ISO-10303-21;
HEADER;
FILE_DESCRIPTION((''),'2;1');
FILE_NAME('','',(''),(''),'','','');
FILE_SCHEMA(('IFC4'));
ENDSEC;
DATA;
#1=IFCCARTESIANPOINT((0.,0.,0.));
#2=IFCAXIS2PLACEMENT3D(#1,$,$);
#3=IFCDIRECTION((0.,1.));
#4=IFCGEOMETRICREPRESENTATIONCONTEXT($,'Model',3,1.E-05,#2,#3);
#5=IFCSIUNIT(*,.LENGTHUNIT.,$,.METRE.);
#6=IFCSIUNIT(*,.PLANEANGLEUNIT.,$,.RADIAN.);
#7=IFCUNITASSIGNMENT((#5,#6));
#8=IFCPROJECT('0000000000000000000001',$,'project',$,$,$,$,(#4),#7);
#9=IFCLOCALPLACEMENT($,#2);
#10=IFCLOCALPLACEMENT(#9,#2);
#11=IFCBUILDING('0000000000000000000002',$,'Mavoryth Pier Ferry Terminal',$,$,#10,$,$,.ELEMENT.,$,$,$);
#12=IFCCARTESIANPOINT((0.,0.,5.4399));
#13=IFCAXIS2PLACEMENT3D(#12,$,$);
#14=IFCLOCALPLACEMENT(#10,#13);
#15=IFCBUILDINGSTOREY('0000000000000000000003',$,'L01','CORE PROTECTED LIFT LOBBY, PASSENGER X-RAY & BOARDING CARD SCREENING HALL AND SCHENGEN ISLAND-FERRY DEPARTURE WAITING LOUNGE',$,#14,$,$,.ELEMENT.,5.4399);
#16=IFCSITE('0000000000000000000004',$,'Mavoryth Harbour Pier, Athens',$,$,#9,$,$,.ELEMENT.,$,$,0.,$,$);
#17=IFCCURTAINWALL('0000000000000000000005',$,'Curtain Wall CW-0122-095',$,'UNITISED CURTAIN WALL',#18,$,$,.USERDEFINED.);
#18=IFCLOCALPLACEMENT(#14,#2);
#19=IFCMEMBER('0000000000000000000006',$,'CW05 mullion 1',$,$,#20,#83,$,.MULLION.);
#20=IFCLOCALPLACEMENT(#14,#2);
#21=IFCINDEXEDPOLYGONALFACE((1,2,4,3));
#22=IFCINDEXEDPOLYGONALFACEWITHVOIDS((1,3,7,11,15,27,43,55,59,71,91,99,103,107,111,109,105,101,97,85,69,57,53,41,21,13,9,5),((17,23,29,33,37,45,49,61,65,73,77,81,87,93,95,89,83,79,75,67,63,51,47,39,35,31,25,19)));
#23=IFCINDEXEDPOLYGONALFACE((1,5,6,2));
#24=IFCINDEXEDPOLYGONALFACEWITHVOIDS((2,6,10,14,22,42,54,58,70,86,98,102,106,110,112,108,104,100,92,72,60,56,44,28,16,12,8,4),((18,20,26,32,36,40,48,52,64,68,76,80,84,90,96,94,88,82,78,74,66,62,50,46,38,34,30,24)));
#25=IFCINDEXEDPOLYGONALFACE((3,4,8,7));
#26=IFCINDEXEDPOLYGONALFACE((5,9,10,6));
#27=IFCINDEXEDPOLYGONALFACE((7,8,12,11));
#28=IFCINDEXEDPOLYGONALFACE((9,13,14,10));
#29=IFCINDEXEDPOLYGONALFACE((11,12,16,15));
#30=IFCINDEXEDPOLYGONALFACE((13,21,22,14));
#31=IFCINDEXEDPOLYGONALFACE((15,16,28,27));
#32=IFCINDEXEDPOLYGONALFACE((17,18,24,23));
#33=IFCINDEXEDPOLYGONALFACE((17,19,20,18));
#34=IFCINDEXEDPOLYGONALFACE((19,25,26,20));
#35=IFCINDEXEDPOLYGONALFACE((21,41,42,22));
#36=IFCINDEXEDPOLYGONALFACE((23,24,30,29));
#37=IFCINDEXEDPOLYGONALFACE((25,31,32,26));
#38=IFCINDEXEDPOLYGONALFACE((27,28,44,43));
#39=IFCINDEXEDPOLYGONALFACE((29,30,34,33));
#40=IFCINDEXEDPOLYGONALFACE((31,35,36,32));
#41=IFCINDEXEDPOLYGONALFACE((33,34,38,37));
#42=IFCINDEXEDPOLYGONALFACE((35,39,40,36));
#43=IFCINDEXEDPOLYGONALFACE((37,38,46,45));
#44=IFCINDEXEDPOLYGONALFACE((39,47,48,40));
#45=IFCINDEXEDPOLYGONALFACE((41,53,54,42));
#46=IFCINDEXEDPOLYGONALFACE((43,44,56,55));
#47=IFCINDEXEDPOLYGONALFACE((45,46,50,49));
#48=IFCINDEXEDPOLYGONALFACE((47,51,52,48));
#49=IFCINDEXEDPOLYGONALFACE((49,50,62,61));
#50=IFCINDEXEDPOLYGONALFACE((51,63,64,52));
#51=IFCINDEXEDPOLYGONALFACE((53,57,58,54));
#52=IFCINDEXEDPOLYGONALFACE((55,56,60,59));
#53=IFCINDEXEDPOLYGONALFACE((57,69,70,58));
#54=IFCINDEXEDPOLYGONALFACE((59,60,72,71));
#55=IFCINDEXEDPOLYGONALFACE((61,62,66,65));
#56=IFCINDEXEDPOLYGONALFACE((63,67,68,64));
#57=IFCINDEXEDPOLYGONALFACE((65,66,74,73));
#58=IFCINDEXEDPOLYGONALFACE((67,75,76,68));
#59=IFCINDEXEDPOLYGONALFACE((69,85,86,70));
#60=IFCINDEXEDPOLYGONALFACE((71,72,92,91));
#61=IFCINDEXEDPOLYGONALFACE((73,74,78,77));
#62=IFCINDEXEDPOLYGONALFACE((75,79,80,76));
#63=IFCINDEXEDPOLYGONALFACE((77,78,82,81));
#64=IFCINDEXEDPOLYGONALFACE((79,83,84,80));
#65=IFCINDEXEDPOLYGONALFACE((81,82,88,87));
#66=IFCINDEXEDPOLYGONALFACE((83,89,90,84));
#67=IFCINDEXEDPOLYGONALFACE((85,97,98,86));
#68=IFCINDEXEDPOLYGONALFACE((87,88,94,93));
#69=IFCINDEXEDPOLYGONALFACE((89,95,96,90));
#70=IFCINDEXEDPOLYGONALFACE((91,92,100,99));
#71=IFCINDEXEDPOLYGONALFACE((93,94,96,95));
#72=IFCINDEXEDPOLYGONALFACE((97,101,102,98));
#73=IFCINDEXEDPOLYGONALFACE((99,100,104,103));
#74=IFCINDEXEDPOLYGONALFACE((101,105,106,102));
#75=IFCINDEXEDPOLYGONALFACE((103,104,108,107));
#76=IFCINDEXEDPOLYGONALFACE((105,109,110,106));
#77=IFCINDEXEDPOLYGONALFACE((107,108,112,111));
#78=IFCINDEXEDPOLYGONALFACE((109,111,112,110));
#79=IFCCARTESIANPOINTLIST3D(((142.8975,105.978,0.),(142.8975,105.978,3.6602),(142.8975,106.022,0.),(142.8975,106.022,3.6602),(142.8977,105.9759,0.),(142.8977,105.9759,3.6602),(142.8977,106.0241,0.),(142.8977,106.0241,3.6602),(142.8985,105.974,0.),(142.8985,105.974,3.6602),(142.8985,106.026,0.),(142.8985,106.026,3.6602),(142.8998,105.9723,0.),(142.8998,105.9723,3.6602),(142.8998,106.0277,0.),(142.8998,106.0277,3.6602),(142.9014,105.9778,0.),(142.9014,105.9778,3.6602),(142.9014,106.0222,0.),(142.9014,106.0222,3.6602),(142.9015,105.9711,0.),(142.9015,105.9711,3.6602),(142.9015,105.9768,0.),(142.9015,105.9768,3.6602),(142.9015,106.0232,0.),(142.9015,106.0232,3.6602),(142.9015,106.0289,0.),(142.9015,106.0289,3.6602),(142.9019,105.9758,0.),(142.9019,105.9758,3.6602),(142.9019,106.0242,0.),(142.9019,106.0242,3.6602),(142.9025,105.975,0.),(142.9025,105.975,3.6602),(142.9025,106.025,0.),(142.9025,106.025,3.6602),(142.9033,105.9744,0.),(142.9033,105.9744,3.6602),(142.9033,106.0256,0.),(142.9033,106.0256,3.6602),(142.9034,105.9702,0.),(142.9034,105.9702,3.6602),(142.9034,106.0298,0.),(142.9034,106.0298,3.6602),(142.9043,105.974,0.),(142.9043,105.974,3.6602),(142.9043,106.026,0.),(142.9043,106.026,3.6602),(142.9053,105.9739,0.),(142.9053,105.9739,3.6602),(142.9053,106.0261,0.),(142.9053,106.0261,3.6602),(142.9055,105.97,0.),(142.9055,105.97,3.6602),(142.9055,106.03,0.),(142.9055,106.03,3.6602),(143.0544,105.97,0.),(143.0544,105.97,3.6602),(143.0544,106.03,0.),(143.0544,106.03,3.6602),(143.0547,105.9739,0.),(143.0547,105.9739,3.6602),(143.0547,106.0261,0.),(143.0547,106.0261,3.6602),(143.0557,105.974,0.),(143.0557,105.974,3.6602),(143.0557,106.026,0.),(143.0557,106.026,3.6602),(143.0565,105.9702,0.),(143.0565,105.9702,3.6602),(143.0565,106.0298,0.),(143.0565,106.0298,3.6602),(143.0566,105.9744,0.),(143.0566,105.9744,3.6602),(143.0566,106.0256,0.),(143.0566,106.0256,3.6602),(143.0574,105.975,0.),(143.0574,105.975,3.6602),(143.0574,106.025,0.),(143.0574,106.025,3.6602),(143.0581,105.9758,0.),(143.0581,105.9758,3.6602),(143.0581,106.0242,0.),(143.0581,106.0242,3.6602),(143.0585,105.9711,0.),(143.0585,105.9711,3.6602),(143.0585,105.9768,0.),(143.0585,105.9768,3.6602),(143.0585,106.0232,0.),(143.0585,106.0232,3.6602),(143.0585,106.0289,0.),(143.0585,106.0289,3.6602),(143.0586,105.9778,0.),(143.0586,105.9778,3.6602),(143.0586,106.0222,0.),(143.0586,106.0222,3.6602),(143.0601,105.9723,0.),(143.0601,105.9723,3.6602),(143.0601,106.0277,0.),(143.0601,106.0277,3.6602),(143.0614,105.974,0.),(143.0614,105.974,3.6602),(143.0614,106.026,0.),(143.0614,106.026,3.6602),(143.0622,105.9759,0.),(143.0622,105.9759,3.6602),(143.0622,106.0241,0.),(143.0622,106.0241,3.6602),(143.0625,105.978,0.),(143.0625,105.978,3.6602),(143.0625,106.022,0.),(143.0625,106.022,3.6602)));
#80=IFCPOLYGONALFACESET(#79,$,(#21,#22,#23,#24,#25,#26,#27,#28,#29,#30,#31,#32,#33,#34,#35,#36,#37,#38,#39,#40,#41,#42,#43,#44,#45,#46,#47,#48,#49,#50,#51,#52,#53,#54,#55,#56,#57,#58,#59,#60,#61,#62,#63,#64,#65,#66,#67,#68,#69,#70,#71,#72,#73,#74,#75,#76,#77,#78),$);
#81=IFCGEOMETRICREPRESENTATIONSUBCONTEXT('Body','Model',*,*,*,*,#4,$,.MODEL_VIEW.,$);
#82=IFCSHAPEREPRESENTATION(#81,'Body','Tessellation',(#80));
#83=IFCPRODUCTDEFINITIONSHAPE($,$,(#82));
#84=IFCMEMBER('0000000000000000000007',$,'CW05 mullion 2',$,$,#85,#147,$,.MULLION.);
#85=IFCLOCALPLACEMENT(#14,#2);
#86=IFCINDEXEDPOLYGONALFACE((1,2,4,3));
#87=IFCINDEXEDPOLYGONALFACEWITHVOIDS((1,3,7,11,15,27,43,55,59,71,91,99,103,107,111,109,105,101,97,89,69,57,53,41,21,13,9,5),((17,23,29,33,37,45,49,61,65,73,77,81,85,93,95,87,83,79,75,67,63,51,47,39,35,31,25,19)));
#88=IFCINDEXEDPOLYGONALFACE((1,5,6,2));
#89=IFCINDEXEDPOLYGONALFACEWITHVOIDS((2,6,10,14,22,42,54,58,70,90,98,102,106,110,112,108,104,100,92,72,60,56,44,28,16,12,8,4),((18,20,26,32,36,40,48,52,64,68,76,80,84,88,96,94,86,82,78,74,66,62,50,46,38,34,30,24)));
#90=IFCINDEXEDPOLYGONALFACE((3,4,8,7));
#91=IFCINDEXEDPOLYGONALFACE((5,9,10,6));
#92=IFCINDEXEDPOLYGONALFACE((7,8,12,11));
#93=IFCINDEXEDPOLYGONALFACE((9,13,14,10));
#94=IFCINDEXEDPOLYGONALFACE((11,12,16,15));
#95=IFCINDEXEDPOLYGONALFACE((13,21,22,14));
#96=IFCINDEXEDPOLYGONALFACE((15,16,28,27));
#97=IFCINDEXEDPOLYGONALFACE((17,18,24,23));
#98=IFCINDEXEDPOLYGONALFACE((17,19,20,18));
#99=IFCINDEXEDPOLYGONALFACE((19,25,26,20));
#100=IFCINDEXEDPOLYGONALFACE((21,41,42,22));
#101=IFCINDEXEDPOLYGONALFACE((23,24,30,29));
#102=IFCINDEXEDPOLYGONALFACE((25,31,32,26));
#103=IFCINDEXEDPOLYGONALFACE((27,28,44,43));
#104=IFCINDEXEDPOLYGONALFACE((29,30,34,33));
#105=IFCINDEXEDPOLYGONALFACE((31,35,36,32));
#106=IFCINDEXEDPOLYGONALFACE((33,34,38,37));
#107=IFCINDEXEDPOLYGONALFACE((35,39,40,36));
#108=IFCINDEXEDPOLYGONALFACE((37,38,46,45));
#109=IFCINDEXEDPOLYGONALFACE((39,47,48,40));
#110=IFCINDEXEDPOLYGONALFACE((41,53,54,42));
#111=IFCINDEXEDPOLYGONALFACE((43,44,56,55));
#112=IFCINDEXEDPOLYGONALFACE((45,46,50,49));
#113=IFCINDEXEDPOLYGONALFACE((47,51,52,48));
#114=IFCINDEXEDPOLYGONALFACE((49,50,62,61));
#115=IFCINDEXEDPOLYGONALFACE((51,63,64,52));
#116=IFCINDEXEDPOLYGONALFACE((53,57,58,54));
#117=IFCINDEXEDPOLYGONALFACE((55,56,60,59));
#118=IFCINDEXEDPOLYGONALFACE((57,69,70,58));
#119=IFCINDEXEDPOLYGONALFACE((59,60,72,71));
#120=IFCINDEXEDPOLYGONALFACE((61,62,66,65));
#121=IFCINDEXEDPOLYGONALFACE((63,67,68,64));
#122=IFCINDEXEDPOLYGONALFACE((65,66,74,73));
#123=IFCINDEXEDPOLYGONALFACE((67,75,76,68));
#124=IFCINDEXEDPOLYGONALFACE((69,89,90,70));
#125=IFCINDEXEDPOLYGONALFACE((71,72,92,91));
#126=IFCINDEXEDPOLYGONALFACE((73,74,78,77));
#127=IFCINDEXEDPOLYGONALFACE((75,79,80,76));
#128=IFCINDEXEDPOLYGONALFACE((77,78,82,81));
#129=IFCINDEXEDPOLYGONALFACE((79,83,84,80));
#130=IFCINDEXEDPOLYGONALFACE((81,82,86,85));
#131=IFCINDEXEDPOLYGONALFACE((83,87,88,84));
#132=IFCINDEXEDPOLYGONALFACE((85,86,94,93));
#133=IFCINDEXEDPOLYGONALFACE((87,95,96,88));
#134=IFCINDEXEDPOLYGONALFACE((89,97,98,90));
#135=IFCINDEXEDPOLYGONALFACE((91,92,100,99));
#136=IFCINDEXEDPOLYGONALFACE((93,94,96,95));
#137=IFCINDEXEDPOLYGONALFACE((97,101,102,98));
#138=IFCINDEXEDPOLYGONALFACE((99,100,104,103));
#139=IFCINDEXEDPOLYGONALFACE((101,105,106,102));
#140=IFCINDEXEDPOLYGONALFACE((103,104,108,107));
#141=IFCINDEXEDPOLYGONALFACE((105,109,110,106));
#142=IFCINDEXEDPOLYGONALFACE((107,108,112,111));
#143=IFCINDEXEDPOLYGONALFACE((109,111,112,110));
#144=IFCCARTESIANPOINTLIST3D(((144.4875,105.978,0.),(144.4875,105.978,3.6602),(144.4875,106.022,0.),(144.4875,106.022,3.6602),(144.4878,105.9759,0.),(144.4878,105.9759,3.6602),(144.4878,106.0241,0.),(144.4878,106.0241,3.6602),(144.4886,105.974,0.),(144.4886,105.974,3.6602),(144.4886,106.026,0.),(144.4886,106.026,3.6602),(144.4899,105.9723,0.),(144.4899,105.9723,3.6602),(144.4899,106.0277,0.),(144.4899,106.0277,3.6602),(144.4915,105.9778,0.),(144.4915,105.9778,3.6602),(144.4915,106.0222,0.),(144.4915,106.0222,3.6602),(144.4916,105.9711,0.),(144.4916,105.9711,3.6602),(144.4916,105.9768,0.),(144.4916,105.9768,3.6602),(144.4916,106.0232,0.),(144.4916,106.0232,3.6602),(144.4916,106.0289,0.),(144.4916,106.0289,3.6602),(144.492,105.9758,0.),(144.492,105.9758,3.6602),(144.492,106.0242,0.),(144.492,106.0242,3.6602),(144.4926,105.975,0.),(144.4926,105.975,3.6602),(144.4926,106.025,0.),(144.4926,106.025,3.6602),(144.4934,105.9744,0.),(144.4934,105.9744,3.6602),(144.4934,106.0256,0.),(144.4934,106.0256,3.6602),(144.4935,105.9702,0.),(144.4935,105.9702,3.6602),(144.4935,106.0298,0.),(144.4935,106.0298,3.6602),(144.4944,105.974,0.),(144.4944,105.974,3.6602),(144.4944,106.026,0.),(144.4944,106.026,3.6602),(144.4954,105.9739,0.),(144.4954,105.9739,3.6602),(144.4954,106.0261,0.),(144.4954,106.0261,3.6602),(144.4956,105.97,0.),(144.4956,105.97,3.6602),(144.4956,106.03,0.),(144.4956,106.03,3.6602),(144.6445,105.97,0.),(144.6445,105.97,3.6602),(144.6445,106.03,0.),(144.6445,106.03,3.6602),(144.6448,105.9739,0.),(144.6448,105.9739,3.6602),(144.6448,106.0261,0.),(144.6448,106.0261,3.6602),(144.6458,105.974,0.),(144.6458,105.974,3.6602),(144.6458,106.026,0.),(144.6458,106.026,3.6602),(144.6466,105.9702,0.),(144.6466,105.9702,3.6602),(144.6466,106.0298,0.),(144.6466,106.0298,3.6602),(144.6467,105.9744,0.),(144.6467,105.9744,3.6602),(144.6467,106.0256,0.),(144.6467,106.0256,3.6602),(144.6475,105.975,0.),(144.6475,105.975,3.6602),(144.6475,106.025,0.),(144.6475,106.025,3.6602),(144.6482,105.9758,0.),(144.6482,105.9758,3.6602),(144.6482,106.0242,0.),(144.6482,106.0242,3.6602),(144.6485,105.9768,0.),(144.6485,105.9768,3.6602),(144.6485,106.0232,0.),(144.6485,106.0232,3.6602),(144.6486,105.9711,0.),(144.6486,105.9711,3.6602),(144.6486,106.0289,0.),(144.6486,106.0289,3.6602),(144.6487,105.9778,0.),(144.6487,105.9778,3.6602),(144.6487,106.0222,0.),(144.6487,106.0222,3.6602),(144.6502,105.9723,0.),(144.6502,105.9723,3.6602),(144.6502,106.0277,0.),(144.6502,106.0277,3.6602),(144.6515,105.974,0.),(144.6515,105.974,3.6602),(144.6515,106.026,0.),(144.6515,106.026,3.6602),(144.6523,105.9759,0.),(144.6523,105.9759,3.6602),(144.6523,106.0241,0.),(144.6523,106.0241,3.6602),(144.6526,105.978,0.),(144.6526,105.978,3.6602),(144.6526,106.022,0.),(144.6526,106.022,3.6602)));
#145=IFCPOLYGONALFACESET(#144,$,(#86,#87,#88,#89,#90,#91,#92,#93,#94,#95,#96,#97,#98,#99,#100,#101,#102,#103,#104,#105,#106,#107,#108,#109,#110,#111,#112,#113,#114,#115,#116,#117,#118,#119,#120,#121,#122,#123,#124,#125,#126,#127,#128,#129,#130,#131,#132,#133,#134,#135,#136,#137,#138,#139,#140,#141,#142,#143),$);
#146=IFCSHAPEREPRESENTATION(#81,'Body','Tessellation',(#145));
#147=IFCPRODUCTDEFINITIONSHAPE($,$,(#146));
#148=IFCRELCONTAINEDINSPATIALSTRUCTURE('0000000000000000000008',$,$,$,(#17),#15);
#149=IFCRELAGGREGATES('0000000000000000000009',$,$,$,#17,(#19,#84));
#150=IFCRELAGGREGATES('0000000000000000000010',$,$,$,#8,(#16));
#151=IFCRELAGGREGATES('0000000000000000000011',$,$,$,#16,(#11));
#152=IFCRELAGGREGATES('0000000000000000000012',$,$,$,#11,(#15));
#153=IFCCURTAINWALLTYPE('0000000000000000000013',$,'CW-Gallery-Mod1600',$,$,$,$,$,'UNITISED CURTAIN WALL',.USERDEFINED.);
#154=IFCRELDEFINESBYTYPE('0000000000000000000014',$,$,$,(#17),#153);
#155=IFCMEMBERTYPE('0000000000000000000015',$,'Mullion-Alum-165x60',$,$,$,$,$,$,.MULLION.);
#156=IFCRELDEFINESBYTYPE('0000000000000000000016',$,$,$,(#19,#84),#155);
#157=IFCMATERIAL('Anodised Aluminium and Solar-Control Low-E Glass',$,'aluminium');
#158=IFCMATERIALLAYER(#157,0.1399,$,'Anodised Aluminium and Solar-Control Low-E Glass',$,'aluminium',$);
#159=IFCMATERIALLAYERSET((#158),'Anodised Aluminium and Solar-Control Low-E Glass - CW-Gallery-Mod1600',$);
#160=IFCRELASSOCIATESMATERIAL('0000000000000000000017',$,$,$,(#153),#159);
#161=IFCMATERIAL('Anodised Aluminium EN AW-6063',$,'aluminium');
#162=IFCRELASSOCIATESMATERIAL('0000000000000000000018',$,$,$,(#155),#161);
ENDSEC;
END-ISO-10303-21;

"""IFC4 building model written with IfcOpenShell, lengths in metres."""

from ifc_helpers import new_model, si_unit, direction, frame, origin, origin_2d, place, context, subcontext, project, spatial, hollow_rectangle, extrude, material, layer, layer_set, material_profile, profile_set, type_object, element, aggregate, save


model = new_model("IFC4")

# Units and contexts
model_context = context("Model", 3, precision=1e-05, world=origin(), true_north=direction((0.0, 1.0)))
body_context = subcontext(model_context, "Body", "Model", "MODEL_VIEW")
ifc_project = project(units=[si_unit("LENGTHUNIT", "METRE"), si_unit("PLANEANGLEUNIT", "RADIAN")], contexts=[model_context])

# Site, building, storey
site_placement = place(None, origin())
site = spatial("IfcSite", under=ifc_project, at=site_placement, Name="Mavoryth Harbour Pier, Athens", CompositionType="ELEMENT", RefElevation=0.0)
building_placement = place(site_placement, origin())
building = spatial("IfcBuilding", under=site, at=building_placement, Name="Mavoryth Pier Ferry Terminal", CompositionType="ELEMENT")
storey_placement = place(building_placement, frame((0.0, 0.0, 5.4399)))
storey = spatial("IfcBuildingStorey", under=building, at=storey_placement, Name="L01", Description="CORE PROTECTED LIFT LOBBY, PASSENGER X-RAY & BOARDING CARD SCREENING HALL AND SCHENGEN ISLAND-FERRY DEPARTURE WAITING LOUNGE", CompositionType="ELEMENT", Elevation=5.4399)

# Curtain wall, members
ifc_material_1 = material(Name="Anodised Aluminium and Solar-Control Low-E Glass", Category="aluminium")
ifc_layer_1 = layer(ifc_material_1, 0.1399, Name="Anodised Aluminium and Solar-Control Low-E Glass", Category="aluminium")
ifc_layer_set_1 = layer_set([ifc_layer_1], Name="Anodised Aluminium and Solar-Control Low-E Glass - CW-Gallery-Mod1600")
curtain_wall_type = type_object("IfcCurtainWallType", Name="CW-Gallery-Mod1600", ElementType="UNITISED CURTAIN WALL", PredefinedType="USERDEFINED", material=ifc_layer_set_1)
curtain_wall_placement = place(storey_placement, origin())
curtain_wall = element("IfcCurtainWall", 1, at=curtain_wall_placement, inside=storey, type_object=curtain_wall_type, Name="Curtain Wall CW-0122-095", ObjectType="UNITISED CURTAIN WALL", PredefinedType="USERDEFINED")
ifc_material_2 = material(Name="Anodised Aluminium EN AW-6063", Category="aluminium")
ifc_material_profile_1 = material_profile(ifc_material_2, hollow_rectangle(XDim=0.0601, YDim=0.165, WallThickness=0.0039, InnerFilletRadius=0.0039, OuterFilletRadius=0.0081, at=origin_2d()), Name="AL-MULL 165x60x4", Category="aluminium")
ifc_profile_set_1 = profile_set([ifc_material_profile_1], Name="Anodised Aluminium EN AW-6063 - AL-MULL 165x60x4")
member_type_1 = type_object("IfcMemberType", Name="Mullion-Alum-165x60", PredefinedType="MULLION", material=ifc_profile_set_1)
member_1_placement = place(storey_placement, frame((142.98, 106.0, 0.0), z_axis=(0.0, 0.0, 1.0), x_axis=(0.0, 1.0, 0.0)))
member_1 = element("IfcMember", 2, at=member_1_placement, type_object=member_type_1, Name="CW05 mullion 1", PredefinedType="MULLION", context=body_context, shape_type="SweptSolid", body=[
    extrude(hollow_rectangle(XDim=0.0601, YDim=0.165, WallThickness=0.0039, InnerFilletRadius=0.0039, OuterFilletRadius=0.0081, at=origin_2d()), origin(), (0.0, 0.0, 1.0), 3.6602),
])
member_2_placement = place(storey_placement, frame((144.5701, 106.0, 0.0), z_axis=(0.0, 0.0, 1.0), x_axis=(0.0, 1.0, 0.0)))
member_2 = element("IfcMember", 3, at=member_2_placement, type_object=member_type_1, Name="CW05 mullion 2", PredefinedType="MULLION", context=body_context, shape_type="SweptSolid", body=[
    extrude(hollow_rectangle(XDim=0.0601, YDim=0.165, WallThickness=0.0039, InnerFilletRadius=0.0039, OuterFilletRadius=0.0081, at=origin_2d()), origin(), (0.0, 0.0, 1.0), 3.6602),
])

aggregate(curtain_wall, [member_1, member_2])

save(model, "model.ifc")
